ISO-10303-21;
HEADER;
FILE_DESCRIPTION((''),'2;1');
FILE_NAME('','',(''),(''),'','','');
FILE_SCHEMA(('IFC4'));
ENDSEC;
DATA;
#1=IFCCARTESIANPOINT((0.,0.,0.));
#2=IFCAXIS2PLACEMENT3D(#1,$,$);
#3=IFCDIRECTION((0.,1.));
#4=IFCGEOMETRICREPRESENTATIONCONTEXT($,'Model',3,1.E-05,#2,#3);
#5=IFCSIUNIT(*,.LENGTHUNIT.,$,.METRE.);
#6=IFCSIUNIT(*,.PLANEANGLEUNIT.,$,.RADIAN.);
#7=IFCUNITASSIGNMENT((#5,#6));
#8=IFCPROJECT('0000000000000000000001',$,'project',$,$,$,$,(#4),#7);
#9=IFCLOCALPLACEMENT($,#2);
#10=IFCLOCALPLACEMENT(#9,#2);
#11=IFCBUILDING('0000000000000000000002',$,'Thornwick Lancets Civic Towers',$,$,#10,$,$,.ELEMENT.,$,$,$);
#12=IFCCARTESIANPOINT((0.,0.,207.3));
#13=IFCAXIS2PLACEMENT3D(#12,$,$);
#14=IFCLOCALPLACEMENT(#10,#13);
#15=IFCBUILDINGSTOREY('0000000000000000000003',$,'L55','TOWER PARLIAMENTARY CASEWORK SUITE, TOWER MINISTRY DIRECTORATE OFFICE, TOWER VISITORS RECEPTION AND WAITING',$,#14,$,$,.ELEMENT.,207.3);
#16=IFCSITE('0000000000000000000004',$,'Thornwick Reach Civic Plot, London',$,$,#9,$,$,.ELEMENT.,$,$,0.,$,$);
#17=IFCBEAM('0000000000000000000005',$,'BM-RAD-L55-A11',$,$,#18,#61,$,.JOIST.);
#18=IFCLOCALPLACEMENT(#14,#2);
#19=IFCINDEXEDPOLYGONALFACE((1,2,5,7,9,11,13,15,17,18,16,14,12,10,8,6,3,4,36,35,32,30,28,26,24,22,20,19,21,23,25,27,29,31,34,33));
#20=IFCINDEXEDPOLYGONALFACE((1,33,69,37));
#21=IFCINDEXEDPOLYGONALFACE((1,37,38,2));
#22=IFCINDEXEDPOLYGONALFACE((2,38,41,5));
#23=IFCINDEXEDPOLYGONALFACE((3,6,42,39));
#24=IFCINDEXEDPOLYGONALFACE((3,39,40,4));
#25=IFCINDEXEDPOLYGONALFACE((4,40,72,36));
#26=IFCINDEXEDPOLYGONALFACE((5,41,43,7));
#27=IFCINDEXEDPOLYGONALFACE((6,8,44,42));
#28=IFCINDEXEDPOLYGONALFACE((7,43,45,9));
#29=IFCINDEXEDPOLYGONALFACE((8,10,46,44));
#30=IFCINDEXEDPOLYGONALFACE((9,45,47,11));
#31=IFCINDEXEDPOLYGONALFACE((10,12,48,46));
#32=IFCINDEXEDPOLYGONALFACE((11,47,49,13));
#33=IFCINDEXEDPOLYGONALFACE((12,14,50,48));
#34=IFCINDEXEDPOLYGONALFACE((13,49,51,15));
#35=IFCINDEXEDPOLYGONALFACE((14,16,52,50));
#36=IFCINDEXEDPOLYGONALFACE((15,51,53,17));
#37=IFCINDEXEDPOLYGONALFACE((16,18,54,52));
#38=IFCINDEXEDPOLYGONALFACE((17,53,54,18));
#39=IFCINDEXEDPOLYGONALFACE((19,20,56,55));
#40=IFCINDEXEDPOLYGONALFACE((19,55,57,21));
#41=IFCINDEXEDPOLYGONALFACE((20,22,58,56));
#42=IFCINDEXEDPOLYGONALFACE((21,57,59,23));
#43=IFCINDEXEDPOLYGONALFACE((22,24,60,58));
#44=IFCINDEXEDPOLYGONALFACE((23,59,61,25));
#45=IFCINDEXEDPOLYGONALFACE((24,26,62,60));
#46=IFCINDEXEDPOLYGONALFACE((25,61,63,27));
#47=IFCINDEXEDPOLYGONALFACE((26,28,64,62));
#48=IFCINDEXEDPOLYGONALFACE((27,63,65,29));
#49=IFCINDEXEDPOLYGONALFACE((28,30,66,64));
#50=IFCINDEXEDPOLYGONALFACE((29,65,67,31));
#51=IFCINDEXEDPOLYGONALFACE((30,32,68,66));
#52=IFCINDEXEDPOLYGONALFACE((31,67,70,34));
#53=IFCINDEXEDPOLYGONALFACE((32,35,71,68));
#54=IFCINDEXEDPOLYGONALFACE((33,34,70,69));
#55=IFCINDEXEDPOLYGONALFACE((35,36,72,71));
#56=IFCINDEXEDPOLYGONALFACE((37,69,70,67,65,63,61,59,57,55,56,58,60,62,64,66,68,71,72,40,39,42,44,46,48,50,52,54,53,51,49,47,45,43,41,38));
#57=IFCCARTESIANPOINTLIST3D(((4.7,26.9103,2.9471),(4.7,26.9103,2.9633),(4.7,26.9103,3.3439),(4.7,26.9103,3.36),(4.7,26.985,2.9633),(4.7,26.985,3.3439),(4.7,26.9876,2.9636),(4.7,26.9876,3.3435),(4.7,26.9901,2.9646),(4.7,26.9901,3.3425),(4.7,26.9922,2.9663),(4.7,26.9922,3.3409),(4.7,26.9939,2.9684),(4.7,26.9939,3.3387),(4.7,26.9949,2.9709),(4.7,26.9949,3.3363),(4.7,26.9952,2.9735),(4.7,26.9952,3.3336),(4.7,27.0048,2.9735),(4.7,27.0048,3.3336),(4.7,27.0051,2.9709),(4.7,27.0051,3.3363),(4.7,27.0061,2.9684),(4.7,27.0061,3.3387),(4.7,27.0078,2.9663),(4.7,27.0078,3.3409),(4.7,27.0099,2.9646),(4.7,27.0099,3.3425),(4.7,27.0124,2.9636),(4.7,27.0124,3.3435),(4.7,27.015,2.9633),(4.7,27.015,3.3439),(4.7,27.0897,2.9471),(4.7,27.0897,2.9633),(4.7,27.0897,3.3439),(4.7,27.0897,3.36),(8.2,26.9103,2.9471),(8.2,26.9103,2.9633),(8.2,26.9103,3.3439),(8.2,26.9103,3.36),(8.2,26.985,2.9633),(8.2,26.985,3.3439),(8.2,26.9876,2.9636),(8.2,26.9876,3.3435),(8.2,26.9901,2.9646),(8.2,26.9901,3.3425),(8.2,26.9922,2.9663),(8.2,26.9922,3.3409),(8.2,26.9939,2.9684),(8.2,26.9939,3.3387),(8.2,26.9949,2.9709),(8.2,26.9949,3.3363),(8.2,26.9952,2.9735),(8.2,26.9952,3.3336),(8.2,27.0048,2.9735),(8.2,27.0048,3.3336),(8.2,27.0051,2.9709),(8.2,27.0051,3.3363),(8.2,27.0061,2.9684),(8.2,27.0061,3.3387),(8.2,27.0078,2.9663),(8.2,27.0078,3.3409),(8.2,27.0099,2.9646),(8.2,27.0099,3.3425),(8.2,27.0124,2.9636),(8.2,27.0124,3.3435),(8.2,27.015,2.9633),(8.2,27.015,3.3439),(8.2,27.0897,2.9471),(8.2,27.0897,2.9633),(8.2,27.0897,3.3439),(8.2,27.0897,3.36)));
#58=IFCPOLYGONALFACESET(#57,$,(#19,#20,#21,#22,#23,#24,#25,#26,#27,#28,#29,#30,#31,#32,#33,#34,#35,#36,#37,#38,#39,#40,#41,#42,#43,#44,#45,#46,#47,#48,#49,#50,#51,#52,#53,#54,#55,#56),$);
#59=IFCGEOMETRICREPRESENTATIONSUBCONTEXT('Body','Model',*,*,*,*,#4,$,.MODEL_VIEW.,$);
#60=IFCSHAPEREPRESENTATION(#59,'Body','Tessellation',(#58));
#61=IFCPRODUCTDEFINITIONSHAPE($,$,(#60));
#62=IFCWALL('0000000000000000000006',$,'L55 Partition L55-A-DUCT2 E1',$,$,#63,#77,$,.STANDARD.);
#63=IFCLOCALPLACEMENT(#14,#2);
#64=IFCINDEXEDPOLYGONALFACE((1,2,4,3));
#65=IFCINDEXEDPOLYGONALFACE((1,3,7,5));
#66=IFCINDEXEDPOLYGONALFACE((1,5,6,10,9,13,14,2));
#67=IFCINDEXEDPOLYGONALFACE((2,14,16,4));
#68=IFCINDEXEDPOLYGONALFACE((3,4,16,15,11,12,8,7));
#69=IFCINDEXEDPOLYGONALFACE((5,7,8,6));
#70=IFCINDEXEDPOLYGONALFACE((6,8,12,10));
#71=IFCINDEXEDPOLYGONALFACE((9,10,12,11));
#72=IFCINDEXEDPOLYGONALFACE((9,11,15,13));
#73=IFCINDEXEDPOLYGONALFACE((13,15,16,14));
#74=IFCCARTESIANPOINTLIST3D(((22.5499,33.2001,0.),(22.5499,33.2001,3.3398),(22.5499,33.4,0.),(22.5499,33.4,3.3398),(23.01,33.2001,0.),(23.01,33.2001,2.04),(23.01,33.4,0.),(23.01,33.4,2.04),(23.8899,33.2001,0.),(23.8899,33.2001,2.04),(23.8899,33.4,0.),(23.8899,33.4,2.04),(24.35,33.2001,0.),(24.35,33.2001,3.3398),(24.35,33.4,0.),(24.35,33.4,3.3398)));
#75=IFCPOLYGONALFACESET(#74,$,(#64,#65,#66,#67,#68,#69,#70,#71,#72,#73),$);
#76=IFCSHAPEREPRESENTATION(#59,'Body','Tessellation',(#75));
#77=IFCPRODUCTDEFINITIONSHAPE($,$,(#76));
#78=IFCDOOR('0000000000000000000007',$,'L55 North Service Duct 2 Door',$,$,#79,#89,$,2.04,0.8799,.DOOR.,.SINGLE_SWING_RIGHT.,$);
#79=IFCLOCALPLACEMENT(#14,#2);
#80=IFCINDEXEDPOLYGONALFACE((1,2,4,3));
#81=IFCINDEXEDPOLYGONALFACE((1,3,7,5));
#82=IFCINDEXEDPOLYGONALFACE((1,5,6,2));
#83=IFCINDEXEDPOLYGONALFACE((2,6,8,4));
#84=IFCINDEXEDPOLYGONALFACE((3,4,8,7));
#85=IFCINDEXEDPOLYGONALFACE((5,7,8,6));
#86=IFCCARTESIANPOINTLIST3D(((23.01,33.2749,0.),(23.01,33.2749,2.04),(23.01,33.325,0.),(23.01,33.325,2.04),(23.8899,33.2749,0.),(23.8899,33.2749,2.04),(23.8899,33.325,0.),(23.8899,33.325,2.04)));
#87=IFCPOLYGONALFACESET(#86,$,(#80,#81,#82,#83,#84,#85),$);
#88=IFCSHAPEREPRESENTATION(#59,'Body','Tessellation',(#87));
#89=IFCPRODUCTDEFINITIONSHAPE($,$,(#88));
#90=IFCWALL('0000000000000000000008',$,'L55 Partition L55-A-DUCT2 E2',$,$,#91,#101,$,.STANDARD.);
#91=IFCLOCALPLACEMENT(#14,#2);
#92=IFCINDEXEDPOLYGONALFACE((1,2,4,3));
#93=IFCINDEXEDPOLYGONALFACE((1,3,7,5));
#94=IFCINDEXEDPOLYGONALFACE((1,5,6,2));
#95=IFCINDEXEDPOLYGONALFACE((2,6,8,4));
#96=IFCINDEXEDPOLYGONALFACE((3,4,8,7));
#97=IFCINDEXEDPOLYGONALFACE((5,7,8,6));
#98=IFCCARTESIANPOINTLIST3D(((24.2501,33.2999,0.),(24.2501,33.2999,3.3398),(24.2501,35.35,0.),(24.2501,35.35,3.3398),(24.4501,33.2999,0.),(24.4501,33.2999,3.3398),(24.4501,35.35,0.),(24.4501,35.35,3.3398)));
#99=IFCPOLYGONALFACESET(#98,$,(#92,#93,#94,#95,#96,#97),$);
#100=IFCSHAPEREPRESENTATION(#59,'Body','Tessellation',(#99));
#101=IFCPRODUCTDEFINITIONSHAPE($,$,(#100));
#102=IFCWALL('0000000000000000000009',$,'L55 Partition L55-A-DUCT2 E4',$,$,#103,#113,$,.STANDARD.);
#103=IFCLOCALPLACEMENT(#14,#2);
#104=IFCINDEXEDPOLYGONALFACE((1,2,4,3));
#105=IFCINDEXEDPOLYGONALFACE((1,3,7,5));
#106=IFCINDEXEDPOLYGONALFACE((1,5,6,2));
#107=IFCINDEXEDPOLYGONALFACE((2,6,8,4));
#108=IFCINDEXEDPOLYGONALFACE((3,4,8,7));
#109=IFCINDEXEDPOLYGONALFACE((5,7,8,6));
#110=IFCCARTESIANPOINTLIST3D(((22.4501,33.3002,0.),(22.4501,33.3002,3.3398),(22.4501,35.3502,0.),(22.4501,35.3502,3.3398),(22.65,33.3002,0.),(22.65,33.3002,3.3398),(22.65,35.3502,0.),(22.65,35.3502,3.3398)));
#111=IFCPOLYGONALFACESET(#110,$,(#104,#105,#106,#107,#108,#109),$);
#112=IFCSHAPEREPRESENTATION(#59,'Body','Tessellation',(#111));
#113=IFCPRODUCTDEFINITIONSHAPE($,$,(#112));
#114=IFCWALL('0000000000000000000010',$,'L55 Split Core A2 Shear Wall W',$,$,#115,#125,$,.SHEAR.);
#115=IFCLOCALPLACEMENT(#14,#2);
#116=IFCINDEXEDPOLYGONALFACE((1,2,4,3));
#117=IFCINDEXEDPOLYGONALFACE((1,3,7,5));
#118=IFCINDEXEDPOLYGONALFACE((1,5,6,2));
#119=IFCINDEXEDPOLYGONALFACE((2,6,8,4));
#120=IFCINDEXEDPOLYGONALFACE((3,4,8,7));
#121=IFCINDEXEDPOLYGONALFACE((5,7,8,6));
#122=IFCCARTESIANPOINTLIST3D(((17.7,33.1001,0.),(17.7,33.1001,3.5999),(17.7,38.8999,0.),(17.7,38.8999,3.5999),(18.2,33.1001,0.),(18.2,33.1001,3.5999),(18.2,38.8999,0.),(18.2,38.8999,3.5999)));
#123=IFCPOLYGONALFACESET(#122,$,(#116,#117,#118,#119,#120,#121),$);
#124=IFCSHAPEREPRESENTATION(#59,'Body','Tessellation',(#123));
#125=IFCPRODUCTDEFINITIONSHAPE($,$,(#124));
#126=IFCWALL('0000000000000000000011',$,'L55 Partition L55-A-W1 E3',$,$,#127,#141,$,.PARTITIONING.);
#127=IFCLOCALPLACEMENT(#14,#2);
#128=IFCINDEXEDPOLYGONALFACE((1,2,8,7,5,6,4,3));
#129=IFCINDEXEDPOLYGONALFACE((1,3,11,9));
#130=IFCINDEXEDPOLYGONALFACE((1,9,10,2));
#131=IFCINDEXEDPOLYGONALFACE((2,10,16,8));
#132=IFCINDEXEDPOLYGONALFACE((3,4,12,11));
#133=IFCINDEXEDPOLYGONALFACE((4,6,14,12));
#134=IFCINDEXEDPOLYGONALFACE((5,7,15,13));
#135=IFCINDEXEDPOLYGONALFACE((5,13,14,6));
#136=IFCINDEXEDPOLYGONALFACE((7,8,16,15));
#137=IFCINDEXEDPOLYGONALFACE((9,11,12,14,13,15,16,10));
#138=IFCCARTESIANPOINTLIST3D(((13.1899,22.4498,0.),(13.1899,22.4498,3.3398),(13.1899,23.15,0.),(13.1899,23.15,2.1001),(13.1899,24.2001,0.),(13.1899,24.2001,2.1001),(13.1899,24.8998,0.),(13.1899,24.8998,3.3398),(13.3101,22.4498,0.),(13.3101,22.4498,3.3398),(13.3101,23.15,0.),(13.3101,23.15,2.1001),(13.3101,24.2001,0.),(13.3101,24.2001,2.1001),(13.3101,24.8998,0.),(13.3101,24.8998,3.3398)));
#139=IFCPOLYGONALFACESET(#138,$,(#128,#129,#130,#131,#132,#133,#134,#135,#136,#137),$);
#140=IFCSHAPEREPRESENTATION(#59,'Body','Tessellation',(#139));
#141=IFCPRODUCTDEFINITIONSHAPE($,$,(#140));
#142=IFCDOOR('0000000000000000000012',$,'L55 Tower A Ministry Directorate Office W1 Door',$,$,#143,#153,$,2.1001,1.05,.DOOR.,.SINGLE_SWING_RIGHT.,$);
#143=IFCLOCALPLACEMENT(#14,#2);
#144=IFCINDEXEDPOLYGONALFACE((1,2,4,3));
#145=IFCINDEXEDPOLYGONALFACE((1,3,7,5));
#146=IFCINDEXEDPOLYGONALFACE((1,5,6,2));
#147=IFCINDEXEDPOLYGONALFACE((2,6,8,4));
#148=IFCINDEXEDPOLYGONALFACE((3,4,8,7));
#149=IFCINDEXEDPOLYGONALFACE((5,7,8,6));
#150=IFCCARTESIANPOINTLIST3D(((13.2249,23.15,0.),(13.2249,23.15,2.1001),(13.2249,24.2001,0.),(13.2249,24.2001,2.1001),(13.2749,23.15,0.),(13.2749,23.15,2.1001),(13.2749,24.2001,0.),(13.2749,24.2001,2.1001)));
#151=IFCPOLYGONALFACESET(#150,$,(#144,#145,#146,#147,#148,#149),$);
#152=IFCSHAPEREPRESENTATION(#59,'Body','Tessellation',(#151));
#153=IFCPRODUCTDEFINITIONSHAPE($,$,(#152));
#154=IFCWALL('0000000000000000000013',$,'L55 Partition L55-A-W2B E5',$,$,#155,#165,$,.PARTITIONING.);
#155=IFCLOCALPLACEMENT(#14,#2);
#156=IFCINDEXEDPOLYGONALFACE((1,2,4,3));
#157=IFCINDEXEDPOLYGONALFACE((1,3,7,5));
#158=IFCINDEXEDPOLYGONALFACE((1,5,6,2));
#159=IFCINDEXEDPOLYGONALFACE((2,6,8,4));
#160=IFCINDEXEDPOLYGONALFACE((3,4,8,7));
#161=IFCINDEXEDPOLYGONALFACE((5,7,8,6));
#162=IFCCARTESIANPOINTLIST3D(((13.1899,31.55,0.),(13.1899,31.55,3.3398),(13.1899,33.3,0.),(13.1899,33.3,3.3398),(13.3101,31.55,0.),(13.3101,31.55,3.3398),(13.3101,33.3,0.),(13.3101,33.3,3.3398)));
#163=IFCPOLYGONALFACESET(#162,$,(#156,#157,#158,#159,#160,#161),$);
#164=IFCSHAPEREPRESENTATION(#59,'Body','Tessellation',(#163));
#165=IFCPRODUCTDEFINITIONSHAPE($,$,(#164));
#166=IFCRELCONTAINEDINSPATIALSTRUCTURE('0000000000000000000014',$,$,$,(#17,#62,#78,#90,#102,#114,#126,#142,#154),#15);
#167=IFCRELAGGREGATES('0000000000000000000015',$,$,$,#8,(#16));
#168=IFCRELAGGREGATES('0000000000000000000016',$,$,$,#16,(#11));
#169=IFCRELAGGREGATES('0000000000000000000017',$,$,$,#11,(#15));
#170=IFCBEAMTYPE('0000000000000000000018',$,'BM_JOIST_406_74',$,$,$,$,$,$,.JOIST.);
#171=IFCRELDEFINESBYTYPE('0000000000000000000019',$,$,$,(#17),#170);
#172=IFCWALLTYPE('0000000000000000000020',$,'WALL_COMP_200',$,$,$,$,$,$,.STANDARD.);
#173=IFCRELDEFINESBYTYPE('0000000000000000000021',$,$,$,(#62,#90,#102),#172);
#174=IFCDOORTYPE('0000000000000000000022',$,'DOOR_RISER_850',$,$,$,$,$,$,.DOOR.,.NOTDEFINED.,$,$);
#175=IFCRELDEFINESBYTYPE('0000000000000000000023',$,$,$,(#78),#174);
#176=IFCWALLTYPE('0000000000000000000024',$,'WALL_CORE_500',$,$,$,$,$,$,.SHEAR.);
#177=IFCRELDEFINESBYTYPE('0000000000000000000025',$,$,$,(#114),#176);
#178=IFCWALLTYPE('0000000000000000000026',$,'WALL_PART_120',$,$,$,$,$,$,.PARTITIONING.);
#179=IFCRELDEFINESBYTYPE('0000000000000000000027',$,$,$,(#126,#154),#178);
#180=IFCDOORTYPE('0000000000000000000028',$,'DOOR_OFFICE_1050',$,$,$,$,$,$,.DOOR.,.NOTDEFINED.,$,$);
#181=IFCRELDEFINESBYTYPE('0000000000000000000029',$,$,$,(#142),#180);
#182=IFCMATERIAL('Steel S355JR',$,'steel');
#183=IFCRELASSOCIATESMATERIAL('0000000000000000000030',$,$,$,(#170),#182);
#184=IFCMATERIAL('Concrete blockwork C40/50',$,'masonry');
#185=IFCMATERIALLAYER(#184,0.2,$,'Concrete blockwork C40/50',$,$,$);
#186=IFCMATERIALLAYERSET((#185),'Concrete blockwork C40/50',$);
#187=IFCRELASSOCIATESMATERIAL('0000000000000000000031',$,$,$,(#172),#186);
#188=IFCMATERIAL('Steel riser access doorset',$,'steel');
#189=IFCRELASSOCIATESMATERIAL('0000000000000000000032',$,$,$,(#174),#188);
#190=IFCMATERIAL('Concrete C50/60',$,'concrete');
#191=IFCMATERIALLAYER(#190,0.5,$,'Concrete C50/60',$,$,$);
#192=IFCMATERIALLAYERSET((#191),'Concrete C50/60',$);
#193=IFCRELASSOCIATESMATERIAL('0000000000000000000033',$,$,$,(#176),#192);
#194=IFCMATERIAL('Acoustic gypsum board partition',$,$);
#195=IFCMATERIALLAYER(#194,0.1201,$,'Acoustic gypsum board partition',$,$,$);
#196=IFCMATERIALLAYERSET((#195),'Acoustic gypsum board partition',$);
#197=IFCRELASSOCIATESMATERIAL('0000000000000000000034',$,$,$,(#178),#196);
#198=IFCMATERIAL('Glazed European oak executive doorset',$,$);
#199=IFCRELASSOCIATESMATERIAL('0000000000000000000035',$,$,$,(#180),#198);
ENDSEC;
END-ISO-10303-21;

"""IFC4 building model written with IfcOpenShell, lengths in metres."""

from ifc_helpers import new_model, si_unit, direction, frame, frame_2d, origin, origin_2d, place, context, subcontext, project, spatial, rectangle, i_section, extrude, material, layer, layer_set, material_profile, profile_set, type_object, element, fill, save


model = new_model("IFC4")

# Units and contexts
model_context = context("Model", 3, precision=1e-05, world=origin(), true_north=direction((0.0, 1.0)))
body_context = subcontext(model_context, "Body", "Model", "MODEL_VIEW")
ifc_project = project(units=[si_unit("LENGTHUNIT", "METRE"), si_unit("PLANEANGLEUNIT", "RADIAN")], contexts=[model_context])

# Site, building, storey
site_placement = place(None, origin())
site = spatial("IfcSite", under=ifc_project, at=site_placement, Name="Thornwick Reach Civic Plot, London", CompositionType="ELEMENT", RefElevation=0.0)
building_placement = place(site_placement, origin())
building = spatial("IfcBuilding", under=site, at=building_placement, Name="Thornwick Lancets Civic Towers", CompositionType="ELEMENT")
storey_placement = place(building_placement, frame((0.0, 0.0, 207.3)))
storey = spatial("IfcBuildingStorey", under=building, at=storey_placement, Name="L55", Description="TOWER PARLIAMENTARY CASEWORK SUITE, TOWER MINISTRY DIRECTORATE OFFICE, TOWER VISITORS RECEPTION AND WAITING", CompositionType="ELEMENT", Elevation=207.3)

# Shared definitions
ifc_material_1 = material(Name="Concrete C50/60", Category="concrete")
ifc_material_2 = material(Name="Steel S355JR", Category="steel")

# Beam
ifc_material_profile_1 = material_profile(ifc_material_2, i_section(OverallWidth=0.1794, OverallDepth=0.4128, WebThickness=0.0095, FlangeThickness=0.0161, FilletRadius=0.0103, at=origin_2d()), Name="UKB 406x178x74")
ifc_profile_set_1 = profile_set([ifc_material_profile_1], Name="Steel S355JR")
beam_type_1 = type_object("IfcBeamType", Name="BM_JOIST_406_74", PredefinedType="JOIST", material=ifc_profile_set_1)
beam_1_placement = place(storey_placement, frame((8.2, 27.0, 3.1536), z_axis=(-1.0, 0.0, 0.0), x_axis=(0.0, -1.0, 0.0)))
element("IfcBeam", 1, at=beam_1_placement, inside=storey, type_object=beam_type_1, Name="BM-RAD-L55-A11", PredefinedType="JOIST", context=body_context, shape_type="SweptSolid", body=[
    extrude(i_section(OverallWidth=0.1794, OverallDepth=0.4128, WebThickness=0.0095, FlangeThickness=0.0161, FilletRadius=0.0103, at=origin_2d()), origin(), (0.0, 0.0, 1.0), 3.5),
])

# Wall, opening, door
ifc_material_3 = material(Name="Concrete blockwork C40/50", Category="masonry")
ifc_layer_1 = layer(ifc_material_3, 0.2, Name="Concrete blockwork C40/50")
ifc_layer_set_1 = layer_set([ifc_layer_1], Name="Concrete blockwork C40/50")
wall_type_1 = type_object("IfcWallType", Name="WALL_COMP_200", PredefinedType="STANDARD", material=ifc_layer_set_1)
wall_1_placement = place(storey_placement, frame((22.55, 33.3, 0.0), z_axis=(0.0, 0.0, 1.0), x_axis=(1.0, 0.0, 0.0)))
wall_1 = element("IfcWall", 2, at=wall_1_placement, inside=storey, type_object=wall_type_1, Name="L55 Partition L55-A-DUCT2 E1", PredefinedType="STANDARD", context=body_context, shape_type="SweptSolid", body=[
    extrude(rectangle(XDim=1.8, YDim=0.2, at=frame_2d((0.8999, 0.0))), origin(), (0.0, 0.0, 1.0), 3.3398),
])
opening_1_placement = place(wall_1_placement, frame((0.46, 0.0, 0.0)))
opening_1 = element("IfcOpeningElement", 3, at=opening_1_placement, cuts=wall_1, PredefinedType="OPENING", context=body_context, shape_type="SweptSolid", body=[
    extrude(rectangle(XDim=0.8799, YDim=2.04, at=frame_2d((0.4399, 1.02))), frame((0.0, 0.1099, 0.0), z_axis=(0.0, -1.0, 0.0), x_axis=(1.0, 0.0, 0.0)), (0.0, 0.0, 1.0), 0.22),
])
ifc_material_4 = material(Name="Steel riser access doorset", Category="steel")
door_type_1 = type_object("IfcDoorType", Name="DOOR_RISER_850", OperationType="NOTDEFINED", PredefinedType="DOOR", material=ifc_material_4)
door_1_placement = place(opening_1_placement, origin())
door_1 = element("IfcDoor", 4, at=door_1_placement, inside=storey, type_object=door_type_1, Name="L55 North Service Duct 2 Door", OperationType="SINGLE_SWING_RIGHT", OverallHeight=2.04, OverallWidth=0.8799, PredefinedType="DOOR", context=body_context, shape_type="SweptSolid", body=[
    extrude(rectangle(XDim=0.8799, YDim=2.04, at=frame_2d((0.4399, 1.02))), frame((0.0, 0.0249, 0.0), z_axis=(0.0, -1.0, 0.0), x_axis=(1.0, 0.0, 0.0)), (0.0, 0.0, 1.0), 0.05),
])
fill(opening_1, door_1)

# Walls
for number, where, z_axis, x_axis, name in (
    (5, (24.3501, 33.3, 0.0), (0.0, 0.0, 1.0), (0.0, 1.0, 0.0), "L55 Partition L55-A-DUCT2 E2"),
    (6, (22.55, 35.3501, 0.0), (0.0, 0.0, 1.0), (0.0, -1.0, 0.0), "L55 Partition L55-A-DUCT2 E4"),
):
    element("IfcWall", number, at=place(storey_placement, frame(where, z_axis=z_axis, x_axis=x_axis)), inside=storey, type_object=wall_type_1, Name=name, PredefinedType="STANDARD", context=body_context, shape_type="SweptSolid", body=[
        extrude(rectangle(XDim=2.05, YDim=0.2, at=frame_2d((1.0249, 0.0))), origin(), (0.0, 0.0, 1.0), 3.3398),
    ])
ifc_layer_2 = layer(ifc_material_1, 0.5, Name="Concrete C50/60")
ifc_layer_set_2 = layer_set([ifc_layer_2], Name="Concrete C50/60")
wall_type_2 = type_object("IfcWallType", Name="WALL_CORE_500", PredefinedType="SHEAR", material=ifc_layer_set_2)
wall_2_placement = place(storey_placement, frame((17.95, 33.1001, 0.0), z_axis=(0.0, 0.0, 1.0), x_axis=(0.0, 1.0, 0.0)))
element("IfcWall", 7, at=wall_2_placement, inside=storey, type_object=wall_type_2, Name="L55 Split Core A2 Shear Wall W", PredefinedType="SHEAR", context=body_context, shape_type="SweptSolid", body=[
    extrude(rectangle(XDim=5.7998, YDim=0.5, at=frame_2d((2.8999, 0.0))), origin(), (0.0, 0.0, 1.0), 3.5999),
])

# Wall, opening, door
ifc_material_5 = material(Name="Acoustic gypsum board partition")
ifc_layer_3 = layer(ifc_material_5, 0.1201, Name="Acoustic gypsum board partition")
ifc_layer_set_3 = layer_set([ifc_layer_3], Name="Acoustic gypsum board partition")
wall_type_3 = type_object("IfcWallType", Name="WALL_PART_120", PredefinedType="PARTITIONING", material=ifc_layer_set_3)
wall_3_placement = place(storey_placement, frame((13.25, 24.8999, 0.0), z_axis=(0.0, 0.0, 1.0), x_axis=(0.0, -1.0, 0.0)))
wall_3 = element("IfcWall", 8, at=wall_3_placement, inside=storey, type_object=wall_type_3, Name="L55 Partition L55-A-W1 E3", PredefinedType="PARTITIONING", context=body_context, shape_type="SweptSolid", body=[
    extrude(rectangle(XDim=2.45, YDim=0.1201, at=frame_2d((1.2251, 0.0))), origin(), (0.0, 0.0, 1.0), 3.3398),
])
opening_2_placement = place(wall_3_placement, frame((0.7, 0.0, 0.0)))
opening_2 = element("IfcOpeningElement", 9, at=opening_2_placement, cuts=wall_3, PredefinedType="OPENING", context=body_context, shape_type="SweptSolid", body=[
    extrude(rectangle(XDim=1.05, YDim=2.1001, at=frame_2d((0.5249, 1.05))), frame((0.0, 0.0701, 0.0), z_axis=(0.0, -1.0, 0.0), x_axis=(1.0, 0.0, 0.0)), (0.0, 0.0, 1.0), 0.1401),
])
ifc_material_6 = material(Name="Glazed European oak executive doorset")
door_type_2 = type_object("IfcDoorType", Name="DOOR_OFFICE_1050", OperationType="NOTDEFINED", PredefinedType="DOOR", material=ifc_material_6)
door_2_placement = place(opening_2_placement, origin())
door_2 = element("IfcDoor", 10, at=door_2_placement, inside=storey, type_object=door_type_2, Name="L55 Tower A Ministry Directorate Office W1 Door", OperationType="SINGLE_SWING_RIGHT", OverallHeight=2.1001, OverallWidth=1.05, PredefinedType="DOOR", context=body_context, shape_type="SweptSolid", body=[
    extrude(rectangle(XDim=1.05, YDim=2.1001, at=frame_2d((0.5249, 1.05))), frame((0.0, 0.0249, 0.0), z_axis=(0.0, -1.0, 0.0), x_axis=(1.0, 0.0, 0.0)), (0.0, 0.0, 1.0), 0.05),
])
fill(opening_2, door_2)

# Wall
wall_4_placement = place(storey_placement, frame((13.25, 33.3, 0.0), z_axis=(0.0, 0.0, 1.0), x_axis=(0.0, -1.0, 0.0)))
element("IfcWall", 11, at=wall_4_placement, inside=storey, type_object=wall_type_3, Name="L55 Partition L55-A-W2B E5", PredefinedType="PARTITIONING", context=body_context, shape_type="SweptSolid", body=[
    extrude(rectangle(XDim=1.75, YDim=0.1201, at=frame_2d((0.875, 0.0))), origin(), (0.0, 0.0, 1.0), 3.3398),
])

save(model, "model.ifc")
